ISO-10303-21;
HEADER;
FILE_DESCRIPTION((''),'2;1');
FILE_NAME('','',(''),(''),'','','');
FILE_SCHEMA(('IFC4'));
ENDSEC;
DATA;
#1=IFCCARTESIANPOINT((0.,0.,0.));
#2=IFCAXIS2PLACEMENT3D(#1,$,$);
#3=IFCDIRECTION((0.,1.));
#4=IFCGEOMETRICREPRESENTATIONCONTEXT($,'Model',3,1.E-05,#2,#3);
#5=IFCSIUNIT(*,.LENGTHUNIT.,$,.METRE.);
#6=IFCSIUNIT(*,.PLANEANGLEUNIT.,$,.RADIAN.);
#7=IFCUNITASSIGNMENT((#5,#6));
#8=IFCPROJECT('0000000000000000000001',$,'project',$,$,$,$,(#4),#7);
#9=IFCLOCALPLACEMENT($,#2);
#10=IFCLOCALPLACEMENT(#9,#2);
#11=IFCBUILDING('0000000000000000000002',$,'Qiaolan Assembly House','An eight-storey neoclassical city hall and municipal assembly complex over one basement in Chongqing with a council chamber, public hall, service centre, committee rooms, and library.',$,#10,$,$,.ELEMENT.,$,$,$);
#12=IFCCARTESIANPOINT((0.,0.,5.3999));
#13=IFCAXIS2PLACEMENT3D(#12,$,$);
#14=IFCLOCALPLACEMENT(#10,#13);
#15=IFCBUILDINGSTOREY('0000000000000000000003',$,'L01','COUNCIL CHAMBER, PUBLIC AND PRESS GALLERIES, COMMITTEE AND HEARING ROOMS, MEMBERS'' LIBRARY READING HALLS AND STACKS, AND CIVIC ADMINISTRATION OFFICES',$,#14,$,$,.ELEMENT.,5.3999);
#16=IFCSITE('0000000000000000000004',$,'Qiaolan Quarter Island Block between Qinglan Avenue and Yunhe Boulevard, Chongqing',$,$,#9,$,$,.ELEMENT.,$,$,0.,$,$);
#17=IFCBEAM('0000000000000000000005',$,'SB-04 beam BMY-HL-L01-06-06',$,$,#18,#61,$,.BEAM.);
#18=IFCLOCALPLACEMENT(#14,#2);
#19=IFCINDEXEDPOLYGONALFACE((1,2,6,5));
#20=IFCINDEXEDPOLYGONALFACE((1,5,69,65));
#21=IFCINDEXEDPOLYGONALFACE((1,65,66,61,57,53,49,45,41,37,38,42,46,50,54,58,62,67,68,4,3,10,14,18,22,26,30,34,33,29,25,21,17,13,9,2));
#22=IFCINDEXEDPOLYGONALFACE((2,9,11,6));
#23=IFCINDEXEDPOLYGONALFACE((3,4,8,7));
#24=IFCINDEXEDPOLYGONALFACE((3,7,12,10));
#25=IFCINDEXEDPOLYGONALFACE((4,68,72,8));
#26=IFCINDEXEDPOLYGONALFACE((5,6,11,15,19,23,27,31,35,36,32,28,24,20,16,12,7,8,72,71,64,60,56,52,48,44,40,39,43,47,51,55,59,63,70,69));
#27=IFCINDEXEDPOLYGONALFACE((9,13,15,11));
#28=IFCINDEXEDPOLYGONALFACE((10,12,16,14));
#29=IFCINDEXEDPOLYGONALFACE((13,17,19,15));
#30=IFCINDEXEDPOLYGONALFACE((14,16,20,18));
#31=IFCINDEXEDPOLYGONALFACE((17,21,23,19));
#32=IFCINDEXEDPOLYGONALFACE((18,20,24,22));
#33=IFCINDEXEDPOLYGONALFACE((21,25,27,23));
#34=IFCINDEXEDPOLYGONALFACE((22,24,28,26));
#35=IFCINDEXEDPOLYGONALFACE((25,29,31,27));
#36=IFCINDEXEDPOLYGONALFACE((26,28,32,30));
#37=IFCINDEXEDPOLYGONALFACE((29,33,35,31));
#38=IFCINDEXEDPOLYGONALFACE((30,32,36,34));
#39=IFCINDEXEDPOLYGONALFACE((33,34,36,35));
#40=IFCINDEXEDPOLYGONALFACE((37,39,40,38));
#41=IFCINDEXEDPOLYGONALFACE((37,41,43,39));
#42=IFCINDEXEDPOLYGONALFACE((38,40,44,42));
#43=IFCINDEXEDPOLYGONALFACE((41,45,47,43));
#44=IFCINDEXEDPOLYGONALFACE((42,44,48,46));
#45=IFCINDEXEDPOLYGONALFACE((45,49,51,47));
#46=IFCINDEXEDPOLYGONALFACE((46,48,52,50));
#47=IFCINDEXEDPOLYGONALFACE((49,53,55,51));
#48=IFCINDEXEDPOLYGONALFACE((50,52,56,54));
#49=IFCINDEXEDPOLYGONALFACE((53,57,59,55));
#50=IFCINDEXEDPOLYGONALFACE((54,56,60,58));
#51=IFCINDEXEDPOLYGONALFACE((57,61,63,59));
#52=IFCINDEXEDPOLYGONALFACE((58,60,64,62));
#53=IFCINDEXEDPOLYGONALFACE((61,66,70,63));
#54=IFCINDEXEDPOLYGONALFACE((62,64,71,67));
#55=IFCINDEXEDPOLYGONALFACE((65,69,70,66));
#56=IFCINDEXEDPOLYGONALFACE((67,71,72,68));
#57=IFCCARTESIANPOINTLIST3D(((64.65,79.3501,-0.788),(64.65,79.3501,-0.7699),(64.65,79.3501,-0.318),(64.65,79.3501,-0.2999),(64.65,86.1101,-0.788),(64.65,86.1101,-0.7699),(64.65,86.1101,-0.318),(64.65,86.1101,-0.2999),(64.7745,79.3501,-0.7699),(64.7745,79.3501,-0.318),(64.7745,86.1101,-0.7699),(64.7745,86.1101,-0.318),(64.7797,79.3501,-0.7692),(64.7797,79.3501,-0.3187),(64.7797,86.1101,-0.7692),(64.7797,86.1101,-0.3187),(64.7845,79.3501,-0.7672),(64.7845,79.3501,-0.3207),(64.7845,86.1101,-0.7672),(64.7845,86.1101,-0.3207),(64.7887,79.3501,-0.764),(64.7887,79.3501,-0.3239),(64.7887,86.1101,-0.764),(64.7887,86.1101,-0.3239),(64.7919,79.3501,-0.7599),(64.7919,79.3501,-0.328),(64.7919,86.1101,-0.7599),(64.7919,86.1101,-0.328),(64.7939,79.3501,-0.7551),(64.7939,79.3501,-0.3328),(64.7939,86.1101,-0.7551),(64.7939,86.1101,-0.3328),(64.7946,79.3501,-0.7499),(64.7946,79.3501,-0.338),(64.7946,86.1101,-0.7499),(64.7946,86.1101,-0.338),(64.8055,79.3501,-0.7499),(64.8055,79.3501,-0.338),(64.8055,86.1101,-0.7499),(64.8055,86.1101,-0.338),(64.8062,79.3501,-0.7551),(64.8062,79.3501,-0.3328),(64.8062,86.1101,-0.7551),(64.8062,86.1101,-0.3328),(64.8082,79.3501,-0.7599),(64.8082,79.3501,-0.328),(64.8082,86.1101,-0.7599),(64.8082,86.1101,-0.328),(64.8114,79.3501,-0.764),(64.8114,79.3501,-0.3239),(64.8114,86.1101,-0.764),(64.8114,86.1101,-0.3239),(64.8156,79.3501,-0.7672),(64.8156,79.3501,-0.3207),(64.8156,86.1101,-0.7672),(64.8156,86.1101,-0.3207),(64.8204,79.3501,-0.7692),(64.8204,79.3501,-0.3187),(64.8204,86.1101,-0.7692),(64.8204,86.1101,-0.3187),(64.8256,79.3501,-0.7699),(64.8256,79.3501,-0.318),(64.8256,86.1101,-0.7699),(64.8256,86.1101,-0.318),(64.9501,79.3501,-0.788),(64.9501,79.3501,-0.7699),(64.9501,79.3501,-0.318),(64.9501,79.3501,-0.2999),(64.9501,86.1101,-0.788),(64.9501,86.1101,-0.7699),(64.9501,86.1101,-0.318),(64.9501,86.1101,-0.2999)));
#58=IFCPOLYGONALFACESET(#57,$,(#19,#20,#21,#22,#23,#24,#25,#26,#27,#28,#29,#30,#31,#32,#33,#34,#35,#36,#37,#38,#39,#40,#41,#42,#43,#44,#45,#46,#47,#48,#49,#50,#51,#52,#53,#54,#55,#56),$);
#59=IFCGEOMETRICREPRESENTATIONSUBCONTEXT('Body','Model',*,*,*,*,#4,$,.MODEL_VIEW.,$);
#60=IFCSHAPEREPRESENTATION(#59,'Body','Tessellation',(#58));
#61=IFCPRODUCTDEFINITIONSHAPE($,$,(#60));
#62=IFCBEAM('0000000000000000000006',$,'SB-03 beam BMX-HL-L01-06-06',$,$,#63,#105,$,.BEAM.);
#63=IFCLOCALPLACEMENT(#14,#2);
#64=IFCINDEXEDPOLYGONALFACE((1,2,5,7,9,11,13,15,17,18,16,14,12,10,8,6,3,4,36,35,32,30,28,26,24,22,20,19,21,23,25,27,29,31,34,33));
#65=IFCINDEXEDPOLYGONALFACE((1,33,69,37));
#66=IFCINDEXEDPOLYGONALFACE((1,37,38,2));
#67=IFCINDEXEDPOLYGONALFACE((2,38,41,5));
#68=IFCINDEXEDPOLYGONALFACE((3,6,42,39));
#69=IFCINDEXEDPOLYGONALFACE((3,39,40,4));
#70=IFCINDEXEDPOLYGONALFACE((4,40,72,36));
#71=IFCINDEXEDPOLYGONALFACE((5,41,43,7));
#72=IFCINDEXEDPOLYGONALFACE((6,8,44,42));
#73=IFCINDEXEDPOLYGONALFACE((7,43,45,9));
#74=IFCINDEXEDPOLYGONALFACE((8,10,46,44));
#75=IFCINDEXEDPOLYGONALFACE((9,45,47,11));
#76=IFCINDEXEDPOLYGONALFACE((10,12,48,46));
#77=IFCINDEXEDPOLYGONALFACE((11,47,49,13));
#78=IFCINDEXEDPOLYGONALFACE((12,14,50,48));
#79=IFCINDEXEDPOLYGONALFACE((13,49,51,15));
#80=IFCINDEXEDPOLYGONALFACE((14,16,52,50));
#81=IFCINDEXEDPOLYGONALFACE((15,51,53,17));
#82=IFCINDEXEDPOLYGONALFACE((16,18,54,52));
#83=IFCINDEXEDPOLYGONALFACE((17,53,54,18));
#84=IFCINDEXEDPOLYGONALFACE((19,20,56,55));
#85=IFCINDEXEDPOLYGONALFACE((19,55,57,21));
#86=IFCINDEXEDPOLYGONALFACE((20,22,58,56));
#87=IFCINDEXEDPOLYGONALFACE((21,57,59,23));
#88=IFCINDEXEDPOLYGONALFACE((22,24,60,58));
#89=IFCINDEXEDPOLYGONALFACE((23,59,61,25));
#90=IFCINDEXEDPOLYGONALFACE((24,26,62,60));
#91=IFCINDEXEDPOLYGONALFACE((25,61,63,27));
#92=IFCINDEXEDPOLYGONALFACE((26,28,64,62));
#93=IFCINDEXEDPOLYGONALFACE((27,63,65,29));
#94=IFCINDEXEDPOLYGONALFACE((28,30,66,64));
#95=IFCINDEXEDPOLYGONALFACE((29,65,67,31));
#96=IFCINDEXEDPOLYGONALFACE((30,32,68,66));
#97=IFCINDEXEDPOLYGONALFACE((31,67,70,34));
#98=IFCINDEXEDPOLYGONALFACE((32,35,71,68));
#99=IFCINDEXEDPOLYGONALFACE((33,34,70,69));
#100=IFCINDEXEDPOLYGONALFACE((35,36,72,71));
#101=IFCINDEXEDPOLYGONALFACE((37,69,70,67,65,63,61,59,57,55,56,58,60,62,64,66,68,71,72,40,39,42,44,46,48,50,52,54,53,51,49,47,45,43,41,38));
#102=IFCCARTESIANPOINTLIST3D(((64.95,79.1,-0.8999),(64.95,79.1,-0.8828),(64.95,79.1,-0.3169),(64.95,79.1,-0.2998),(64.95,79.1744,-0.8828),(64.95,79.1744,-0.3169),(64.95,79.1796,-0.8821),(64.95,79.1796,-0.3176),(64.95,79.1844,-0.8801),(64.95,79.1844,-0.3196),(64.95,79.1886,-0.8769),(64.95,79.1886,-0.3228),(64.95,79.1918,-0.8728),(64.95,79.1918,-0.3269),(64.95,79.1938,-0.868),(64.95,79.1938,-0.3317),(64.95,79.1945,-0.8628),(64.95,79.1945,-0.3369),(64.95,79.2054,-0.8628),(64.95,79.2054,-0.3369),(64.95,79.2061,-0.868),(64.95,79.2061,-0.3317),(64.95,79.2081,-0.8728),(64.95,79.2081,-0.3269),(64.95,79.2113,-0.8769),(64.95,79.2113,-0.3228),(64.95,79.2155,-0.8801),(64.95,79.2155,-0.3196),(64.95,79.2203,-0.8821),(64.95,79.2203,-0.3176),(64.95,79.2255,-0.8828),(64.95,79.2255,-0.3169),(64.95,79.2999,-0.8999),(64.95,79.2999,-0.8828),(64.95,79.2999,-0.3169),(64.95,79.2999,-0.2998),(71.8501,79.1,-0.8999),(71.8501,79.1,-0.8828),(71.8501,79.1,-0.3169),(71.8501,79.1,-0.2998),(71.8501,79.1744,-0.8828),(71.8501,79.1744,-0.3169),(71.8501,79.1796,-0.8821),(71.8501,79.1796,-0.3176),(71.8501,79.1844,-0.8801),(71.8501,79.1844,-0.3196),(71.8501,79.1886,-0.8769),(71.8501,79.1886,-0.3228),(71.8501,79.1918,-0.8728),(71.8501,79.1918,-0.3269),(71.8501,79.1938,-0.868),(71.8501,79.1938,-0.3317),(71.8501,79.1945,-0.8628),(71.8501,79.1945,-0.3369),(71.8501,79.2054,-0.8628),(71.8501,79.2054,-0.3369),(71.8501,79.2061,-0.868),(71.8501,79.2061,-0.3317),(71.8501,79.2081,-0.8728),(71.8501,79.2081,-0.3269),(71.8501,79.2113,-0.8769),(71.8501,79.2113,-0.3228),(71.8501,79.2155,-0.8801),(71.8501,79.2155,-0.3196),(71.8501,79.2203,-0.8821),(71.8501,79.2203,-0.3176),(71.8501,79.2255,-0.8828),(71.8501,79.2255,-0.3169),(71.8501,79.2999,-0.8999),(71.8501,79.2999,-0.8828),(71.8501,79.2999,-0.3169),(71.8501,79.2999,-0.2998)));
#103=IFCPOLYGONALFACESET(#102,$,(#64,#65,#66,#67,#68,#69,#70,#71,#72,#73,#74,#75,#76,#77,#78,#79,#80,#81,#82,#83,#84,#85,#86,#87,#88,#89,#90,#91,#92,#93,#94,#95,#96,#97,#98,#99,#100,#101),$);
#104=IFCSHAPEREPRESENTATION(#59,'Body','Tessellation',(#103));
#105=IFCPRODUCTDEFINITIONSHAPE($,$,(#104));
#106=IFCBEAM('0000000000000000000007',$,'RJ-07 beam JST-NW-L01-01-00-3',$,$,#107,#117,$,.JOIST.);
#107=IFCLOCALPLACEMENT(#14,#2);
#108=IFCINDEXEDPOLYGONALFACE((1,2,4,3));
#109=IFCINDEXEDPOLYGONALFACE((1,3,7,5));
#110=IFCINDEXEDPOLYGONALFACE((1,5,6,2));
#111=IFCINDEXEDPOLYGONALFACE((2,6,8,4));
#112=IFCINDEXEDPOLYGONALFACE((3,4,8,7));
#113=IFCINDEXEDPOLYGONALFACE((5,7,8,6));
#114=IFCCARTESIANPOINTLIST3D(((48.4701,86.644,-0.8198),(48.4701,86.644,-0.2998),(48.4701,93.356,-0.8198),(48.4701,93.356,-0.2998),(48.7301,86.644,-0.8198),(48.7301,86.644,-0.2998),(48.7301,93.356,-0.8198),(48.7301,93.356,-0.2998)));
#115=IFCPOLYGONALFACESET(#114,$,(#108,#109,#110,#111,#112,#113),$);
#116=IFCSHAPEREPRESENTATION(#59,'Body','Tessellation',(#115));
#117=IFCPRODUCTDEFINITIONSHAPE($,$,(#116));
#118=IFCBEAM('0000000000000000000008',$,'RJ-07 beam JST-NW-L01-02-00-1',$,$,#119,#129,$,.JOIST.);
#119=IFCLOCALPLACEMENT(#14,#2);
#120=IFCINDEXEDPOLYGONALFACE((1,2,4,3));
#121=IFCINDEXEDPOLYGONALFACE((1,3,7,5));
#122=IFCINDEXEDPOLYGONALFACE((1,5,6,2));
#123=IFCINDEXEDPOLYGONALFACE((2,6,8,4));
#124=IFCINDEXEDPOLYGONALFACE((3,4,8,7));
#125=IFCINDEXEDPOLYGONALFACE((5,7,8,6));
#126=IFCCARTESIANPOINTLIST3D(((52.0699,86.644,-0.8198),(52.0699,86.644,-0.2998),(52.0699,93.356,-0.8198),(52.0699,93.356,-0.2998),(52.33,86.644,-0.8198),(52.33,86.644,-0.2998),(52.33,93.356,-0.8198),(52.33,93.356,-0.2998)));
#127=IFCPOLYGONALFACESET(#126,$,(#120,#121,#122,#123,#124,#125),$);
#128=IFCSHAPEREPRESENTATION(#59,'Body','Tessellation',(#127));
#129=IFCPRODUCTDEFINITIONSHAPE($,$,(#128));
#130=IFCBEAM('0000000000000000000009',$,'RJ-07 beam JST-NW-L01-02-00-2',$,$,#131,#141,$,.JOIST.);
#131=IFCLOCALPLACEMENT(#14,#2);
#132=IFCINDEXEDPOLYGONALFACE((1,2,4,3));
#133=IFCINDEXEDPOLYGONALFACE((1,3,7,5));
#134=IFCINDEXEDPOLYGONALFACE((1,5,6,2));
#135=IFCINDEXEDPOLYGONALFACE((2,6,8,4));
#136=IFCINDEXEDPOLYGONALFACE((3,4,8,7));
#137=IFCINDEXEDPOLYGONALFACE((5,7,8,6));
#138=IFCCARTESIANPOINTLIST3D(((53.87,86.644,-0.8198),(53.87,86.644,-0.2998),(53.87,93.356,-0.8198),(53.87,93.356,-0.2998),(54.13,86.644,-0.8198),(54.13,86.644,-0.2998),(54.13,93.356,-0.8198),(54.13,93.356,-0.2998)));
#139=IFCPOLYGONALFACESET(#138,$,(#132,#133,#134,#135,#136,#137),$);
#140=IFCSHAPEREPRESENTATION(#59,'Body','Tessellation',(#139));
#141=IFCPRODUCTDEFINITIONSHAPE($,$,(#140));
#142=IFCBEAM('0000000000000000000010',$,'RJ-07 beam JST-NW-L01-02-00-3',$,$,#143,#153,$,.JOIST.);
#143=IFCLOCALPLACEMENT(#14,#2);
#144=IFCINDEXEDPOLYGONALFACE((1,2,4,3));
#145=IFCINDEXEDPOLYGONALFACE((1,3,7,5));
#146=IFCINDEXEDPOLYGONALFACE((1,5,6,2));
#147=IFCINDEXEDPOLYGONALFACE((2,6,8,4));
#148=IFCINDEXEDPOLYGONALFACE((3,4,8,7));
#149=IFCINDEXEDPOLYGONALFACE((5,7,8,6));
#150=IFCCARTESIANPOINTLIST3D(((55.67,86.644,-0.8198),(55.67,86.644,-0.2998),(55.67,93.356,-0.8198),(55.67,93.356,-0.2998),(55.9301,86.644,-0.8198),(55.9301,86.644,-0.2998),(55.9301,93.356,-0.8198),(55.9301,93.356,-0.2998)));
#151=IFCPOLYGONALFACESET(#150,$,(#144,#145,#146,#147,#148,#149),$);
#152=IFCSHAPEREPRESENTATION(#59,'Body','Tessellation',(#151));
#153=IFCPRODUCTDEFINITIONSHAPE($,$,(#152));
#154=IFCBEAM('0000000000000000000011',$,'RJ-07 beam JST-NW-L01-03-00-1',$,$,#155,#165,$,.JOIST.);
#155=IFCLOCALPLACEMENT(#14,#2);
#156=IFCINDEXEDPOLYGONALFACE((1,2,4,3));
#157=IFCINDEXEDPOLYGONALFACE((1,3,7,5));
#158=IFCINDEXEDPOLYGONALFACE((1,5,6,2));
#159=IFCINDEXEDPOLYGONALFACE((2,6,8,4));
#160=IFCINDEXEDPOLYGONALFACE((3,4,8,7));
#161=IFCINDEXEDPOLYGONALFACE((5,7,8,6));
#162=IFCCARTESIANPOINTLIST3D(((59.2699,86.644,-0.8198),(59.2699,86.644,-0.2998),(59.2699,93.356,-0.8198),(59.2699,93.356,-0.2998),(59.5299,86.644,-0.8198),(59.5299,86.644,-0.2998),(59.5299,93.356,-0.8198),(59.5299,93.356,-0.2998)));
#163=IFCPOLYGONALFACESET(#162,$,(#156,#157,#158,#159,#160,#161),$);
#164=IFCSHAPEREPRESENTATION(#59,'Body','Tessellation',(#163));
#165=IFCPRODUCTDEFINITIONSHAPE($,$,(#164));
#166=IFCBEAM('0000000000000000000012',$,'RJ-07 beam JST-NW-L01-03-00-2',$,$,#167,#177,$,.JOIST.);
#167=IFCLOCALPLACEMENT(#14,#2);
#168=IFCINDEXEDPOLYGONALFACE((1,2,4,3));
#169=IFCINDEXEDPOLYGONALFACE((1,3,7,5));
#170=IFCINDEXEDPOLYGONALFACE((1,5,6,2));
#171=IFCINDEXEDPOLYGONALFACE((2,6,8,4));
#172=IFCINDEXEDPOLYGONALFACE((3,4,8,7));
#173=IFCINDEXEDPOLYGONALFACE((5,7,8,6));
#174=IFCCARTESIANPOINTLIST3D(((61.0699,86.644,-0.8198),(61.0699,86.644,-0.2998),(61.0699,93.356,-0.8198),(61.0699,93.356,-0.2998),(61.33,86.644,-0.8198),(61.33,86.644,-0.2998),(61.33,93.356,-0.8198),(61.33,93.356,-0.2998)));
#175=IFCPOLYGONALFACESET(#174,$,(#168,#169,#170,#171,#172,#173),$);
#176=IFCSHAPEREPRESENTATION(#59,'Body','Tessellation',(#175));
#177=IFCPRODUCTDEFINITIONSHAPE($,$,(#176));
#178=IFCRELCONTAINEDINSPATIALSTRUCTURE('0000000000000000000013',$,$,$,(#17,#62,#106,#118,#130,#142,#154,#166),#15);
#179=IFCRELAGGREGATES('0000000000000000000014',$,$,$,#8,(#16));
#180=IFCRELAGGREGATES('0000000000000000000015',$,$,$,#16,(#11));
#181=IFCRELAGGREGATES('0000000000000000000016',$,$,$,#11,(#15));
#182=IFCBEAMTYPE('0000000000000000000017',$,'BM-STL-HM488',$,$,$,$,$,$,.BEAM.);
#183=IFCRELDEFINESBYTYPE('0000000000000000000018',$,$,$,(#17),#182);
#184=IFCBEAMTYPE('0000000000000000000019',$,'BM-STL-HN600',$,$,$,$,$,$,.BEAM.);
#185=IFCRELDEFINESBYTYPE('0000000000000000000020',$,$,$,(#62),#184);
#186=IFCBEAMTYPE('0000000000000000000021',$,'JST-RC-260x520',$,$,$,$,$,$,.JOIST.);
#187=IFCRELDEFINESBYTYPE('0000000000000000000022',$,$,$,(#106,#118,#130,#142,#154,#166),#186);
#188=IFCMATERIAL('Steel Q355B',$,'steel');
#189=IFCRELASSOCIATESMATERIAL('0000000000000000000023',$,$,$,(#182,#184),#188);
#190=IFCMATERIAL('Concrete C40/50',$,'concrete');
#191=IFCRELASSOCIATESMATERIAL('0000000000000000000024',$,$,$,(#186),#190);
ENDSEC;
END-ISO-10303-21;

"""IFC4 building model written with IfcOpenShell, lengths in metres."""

from ifc_helpers import new_model, si_unit, direction, frame, origin, origin_2d, place, context, subcontext, project, spatial, rectangle, i_section, extrude, material, material_profile, profile_set, type_object, element, save


model = new_model("IFC4")

# Units and contexts
model_context = context("Model", 3, precision=1e-05, world=origin(), true_north=direction((0.0, 1.0)))
body_context = subcontext(model_context, "Body", "Model", "MODEL_VIEW")
ifc_project = project(units=[si_unit("LENGTHUNIT", "METRE"), si_unit("PLANEANGLEUNIT", "RADIAN")], contexts=[model_context])

# Site, building, storey
site_placement = place(None, origin())
site = spatial("IfcSite", under=ifc_project, at=site_placement, Name="Qiaolan Quarter Island Block between Qinglan Avenue and Yunhe Boulevard, Chongqing", CompositionType="ELEMENT", RefElevation=0.0)
building_placement = place(site_placement, origin())
building = spatial("IfcBuilding", under=site, at=building_placement, Name="Qiaolan Assembly House", Description="An eight-storey neoclassical city hall and municipal assembly complex over one basement in Chongqing with a council chamber, public hall, service centre, committee rooms, and library.", CompositionType="ELEMENT")
storey_placement = place(building_placement, frame((0.0, 0.0, 5.3999)))
storey = spatial("IfcBuildingStorey", under=building, at=storey_placement, Name="L01", Description="COUNCIL CHAMBER, PUBLIC AND PRESS GALLERIES, COMMITTEE AND HEARING ROOMS, MEMBERS' LIBRARY READING HALLS AND STACKS, AND CIVIC ADMINISTRATION OFFICES", CompositionType="ELEMENT", Elevation=5.3999)

# Beams
ifc_material_1 = material(Name="Steel Q355B", Category="steel")
ifc_material_profile_1 = material_profile(ifc_material_1, i_section(OverallWidth=0.3, OverallDepth=0.488, WebThickness=0.011, FlangeThickness=0.0181, FilletRadius=0.02, at=origin_2d()), Name="HM 488x300x11x18")
ifc_profile_set_1 = profile_set([ifc_material_profile_1], Name="Steel Q355B")
beam_type_1 = type_object("IfcBeamType", Name="BM-STL-HM488", PredefinedType="BEAM", material=ifc_profile_set_1)
for number, where, z_axis, x_axis, name in (
    (1, (64.8, 79.3501, -0.5439), (0.0, 1.0, 0.0), (-1.0, 0.0, 0.0), "SB-04 beam BMY-HL-L01-06-06"),
):
    element("IfcBeam", number, at=place(storey_placement, frame(where, z_axis=z_axis, x_axis=x_axis)), inside=storey, type_object=beam_type_1, Name=name, PredefinedType="BEAM", context=body_context, shape_type="SweptSolid", body=[
        extrude(i_section(OverallWidth=0.3, OverallDepth=0.488, WebThickness=0.011, FlangeThickness=0.0181, FilletRadius=0.02, at=origin_2d()), origin(), (0.0, 0.0, 1.0), 6.76),
    ])
ifc_material_profile_2 = material_profile(ifc_material_1, i_section(OverallWidth=0.2, OverallDepth=0.6001, WebThickness=0.011, FlangeThickness=0.0171, FilletRadius=0.02, at=origin_2d()), Name="HN 600x200x11x17")
ifc_profile_set_2 = profile_set([ifc_material_profile_2], Name="Steel Q355B")
beam_type_2 = type_object("IfcBeamType", Name="BM-STL-HN600", PredefinedType="BEAM", material=ifc_profile_set_2)
beam_1_placement = place(storey_placement, frame((64.95, 79.2, -0.5999), z_axis=(1.0, 0.0, 0.0), x_axis=(0.0, 1.0, 0.0)))
element("IfcBeam", 2, at=beam_1_placement, inside=storey, type_object=beam_type_2, Name="SB-03 beam BMX-HL-L01-06-06", PredefinedType="BEAM", context=body_context, shape_type="SweptSolid", body=[
    extrude(i_section(OverallWidth=0.2, OverallDepth=0.6001, WebThickness=0.011, FlangeThickness=0.0171, FilletRadius=0.02, at=origin_2d()), origin(), (0.0, 0.0, 1.0), 6.9001),
])
ifc_material_2 = material(Name="Concrete C40/50", Category="concrete")
ifc_material_profile_3 = material_profile(ifc_material_2, rectangle(XDim=0.26, YDim=0.52, at=origin_2d()), Name="RCB 260x520")
ifc_profile_set_3 = profile_set([ifc_material_profile_3], Name="Concrete C40/50")
beam_type_3 = type_object("IfcBeamType", Name="JST-RC-260x520", PredefinedType="JOIST", material=ifc_profile_set_3)
for number, where, z_axis, x_axis, name in (
    (3, (48.6001, 86.644, -0.5598), (0.0, 1.0, 0.0), (-1.0, 0.0, 0.0), "RJ-07 beam JST-NW-L01-01-00-3"),
    (4, (52.2, 86.644, -0.5598), (0.0, 1.0, 0.0), (-1.0, 0.0, 0.0), "RJ-07 beam JST-NW-L01-02-00-1"),
    (5, (54.0, 86.644, -0.5598), (0.0, 1.0, 0.0), (-1.0, 0.0, 0.0), "RJ-07 beam JST-NW-L01-02-00-2"),
    (6, (55.8, 86.644, -0.5598), (0.0, 1.0, 0.0), (-1.0, 0.0, 0.0), "RJ-07 beam JST-NW-L01-02-00-3"),
    (7, (59.3999, 86.644, -0.5598), (0.0, 1.0, 0.0), (-1.0, 0.0, 0.0), "RJ-07 beam JST-NW-L01-03-00-1"),
    (8, (61.2, 86.644, -0.5598), (0.0, 1.0, 0.0), (-1.0, 0.0, 0.0), "RJ-07 beam JST-NW-L01-03-00-2"),
):
    element("IfcBeam", number, at=place(storey_placement, frame(where, z_axis=z_axis, x_axis=x_axis)), inside=storey, type_object=beam_type_3, Name=name, PredefinedType="JOIST", context=body_context, shape_type="SweptSolid", body=[
        extrude(rectangle(XDim=0.26, YDim=0.52, at=origin_2d()), origin(), (0.0, 0.0, 1.0), 6.7119),
    ])

save(model, "model.ifc")
